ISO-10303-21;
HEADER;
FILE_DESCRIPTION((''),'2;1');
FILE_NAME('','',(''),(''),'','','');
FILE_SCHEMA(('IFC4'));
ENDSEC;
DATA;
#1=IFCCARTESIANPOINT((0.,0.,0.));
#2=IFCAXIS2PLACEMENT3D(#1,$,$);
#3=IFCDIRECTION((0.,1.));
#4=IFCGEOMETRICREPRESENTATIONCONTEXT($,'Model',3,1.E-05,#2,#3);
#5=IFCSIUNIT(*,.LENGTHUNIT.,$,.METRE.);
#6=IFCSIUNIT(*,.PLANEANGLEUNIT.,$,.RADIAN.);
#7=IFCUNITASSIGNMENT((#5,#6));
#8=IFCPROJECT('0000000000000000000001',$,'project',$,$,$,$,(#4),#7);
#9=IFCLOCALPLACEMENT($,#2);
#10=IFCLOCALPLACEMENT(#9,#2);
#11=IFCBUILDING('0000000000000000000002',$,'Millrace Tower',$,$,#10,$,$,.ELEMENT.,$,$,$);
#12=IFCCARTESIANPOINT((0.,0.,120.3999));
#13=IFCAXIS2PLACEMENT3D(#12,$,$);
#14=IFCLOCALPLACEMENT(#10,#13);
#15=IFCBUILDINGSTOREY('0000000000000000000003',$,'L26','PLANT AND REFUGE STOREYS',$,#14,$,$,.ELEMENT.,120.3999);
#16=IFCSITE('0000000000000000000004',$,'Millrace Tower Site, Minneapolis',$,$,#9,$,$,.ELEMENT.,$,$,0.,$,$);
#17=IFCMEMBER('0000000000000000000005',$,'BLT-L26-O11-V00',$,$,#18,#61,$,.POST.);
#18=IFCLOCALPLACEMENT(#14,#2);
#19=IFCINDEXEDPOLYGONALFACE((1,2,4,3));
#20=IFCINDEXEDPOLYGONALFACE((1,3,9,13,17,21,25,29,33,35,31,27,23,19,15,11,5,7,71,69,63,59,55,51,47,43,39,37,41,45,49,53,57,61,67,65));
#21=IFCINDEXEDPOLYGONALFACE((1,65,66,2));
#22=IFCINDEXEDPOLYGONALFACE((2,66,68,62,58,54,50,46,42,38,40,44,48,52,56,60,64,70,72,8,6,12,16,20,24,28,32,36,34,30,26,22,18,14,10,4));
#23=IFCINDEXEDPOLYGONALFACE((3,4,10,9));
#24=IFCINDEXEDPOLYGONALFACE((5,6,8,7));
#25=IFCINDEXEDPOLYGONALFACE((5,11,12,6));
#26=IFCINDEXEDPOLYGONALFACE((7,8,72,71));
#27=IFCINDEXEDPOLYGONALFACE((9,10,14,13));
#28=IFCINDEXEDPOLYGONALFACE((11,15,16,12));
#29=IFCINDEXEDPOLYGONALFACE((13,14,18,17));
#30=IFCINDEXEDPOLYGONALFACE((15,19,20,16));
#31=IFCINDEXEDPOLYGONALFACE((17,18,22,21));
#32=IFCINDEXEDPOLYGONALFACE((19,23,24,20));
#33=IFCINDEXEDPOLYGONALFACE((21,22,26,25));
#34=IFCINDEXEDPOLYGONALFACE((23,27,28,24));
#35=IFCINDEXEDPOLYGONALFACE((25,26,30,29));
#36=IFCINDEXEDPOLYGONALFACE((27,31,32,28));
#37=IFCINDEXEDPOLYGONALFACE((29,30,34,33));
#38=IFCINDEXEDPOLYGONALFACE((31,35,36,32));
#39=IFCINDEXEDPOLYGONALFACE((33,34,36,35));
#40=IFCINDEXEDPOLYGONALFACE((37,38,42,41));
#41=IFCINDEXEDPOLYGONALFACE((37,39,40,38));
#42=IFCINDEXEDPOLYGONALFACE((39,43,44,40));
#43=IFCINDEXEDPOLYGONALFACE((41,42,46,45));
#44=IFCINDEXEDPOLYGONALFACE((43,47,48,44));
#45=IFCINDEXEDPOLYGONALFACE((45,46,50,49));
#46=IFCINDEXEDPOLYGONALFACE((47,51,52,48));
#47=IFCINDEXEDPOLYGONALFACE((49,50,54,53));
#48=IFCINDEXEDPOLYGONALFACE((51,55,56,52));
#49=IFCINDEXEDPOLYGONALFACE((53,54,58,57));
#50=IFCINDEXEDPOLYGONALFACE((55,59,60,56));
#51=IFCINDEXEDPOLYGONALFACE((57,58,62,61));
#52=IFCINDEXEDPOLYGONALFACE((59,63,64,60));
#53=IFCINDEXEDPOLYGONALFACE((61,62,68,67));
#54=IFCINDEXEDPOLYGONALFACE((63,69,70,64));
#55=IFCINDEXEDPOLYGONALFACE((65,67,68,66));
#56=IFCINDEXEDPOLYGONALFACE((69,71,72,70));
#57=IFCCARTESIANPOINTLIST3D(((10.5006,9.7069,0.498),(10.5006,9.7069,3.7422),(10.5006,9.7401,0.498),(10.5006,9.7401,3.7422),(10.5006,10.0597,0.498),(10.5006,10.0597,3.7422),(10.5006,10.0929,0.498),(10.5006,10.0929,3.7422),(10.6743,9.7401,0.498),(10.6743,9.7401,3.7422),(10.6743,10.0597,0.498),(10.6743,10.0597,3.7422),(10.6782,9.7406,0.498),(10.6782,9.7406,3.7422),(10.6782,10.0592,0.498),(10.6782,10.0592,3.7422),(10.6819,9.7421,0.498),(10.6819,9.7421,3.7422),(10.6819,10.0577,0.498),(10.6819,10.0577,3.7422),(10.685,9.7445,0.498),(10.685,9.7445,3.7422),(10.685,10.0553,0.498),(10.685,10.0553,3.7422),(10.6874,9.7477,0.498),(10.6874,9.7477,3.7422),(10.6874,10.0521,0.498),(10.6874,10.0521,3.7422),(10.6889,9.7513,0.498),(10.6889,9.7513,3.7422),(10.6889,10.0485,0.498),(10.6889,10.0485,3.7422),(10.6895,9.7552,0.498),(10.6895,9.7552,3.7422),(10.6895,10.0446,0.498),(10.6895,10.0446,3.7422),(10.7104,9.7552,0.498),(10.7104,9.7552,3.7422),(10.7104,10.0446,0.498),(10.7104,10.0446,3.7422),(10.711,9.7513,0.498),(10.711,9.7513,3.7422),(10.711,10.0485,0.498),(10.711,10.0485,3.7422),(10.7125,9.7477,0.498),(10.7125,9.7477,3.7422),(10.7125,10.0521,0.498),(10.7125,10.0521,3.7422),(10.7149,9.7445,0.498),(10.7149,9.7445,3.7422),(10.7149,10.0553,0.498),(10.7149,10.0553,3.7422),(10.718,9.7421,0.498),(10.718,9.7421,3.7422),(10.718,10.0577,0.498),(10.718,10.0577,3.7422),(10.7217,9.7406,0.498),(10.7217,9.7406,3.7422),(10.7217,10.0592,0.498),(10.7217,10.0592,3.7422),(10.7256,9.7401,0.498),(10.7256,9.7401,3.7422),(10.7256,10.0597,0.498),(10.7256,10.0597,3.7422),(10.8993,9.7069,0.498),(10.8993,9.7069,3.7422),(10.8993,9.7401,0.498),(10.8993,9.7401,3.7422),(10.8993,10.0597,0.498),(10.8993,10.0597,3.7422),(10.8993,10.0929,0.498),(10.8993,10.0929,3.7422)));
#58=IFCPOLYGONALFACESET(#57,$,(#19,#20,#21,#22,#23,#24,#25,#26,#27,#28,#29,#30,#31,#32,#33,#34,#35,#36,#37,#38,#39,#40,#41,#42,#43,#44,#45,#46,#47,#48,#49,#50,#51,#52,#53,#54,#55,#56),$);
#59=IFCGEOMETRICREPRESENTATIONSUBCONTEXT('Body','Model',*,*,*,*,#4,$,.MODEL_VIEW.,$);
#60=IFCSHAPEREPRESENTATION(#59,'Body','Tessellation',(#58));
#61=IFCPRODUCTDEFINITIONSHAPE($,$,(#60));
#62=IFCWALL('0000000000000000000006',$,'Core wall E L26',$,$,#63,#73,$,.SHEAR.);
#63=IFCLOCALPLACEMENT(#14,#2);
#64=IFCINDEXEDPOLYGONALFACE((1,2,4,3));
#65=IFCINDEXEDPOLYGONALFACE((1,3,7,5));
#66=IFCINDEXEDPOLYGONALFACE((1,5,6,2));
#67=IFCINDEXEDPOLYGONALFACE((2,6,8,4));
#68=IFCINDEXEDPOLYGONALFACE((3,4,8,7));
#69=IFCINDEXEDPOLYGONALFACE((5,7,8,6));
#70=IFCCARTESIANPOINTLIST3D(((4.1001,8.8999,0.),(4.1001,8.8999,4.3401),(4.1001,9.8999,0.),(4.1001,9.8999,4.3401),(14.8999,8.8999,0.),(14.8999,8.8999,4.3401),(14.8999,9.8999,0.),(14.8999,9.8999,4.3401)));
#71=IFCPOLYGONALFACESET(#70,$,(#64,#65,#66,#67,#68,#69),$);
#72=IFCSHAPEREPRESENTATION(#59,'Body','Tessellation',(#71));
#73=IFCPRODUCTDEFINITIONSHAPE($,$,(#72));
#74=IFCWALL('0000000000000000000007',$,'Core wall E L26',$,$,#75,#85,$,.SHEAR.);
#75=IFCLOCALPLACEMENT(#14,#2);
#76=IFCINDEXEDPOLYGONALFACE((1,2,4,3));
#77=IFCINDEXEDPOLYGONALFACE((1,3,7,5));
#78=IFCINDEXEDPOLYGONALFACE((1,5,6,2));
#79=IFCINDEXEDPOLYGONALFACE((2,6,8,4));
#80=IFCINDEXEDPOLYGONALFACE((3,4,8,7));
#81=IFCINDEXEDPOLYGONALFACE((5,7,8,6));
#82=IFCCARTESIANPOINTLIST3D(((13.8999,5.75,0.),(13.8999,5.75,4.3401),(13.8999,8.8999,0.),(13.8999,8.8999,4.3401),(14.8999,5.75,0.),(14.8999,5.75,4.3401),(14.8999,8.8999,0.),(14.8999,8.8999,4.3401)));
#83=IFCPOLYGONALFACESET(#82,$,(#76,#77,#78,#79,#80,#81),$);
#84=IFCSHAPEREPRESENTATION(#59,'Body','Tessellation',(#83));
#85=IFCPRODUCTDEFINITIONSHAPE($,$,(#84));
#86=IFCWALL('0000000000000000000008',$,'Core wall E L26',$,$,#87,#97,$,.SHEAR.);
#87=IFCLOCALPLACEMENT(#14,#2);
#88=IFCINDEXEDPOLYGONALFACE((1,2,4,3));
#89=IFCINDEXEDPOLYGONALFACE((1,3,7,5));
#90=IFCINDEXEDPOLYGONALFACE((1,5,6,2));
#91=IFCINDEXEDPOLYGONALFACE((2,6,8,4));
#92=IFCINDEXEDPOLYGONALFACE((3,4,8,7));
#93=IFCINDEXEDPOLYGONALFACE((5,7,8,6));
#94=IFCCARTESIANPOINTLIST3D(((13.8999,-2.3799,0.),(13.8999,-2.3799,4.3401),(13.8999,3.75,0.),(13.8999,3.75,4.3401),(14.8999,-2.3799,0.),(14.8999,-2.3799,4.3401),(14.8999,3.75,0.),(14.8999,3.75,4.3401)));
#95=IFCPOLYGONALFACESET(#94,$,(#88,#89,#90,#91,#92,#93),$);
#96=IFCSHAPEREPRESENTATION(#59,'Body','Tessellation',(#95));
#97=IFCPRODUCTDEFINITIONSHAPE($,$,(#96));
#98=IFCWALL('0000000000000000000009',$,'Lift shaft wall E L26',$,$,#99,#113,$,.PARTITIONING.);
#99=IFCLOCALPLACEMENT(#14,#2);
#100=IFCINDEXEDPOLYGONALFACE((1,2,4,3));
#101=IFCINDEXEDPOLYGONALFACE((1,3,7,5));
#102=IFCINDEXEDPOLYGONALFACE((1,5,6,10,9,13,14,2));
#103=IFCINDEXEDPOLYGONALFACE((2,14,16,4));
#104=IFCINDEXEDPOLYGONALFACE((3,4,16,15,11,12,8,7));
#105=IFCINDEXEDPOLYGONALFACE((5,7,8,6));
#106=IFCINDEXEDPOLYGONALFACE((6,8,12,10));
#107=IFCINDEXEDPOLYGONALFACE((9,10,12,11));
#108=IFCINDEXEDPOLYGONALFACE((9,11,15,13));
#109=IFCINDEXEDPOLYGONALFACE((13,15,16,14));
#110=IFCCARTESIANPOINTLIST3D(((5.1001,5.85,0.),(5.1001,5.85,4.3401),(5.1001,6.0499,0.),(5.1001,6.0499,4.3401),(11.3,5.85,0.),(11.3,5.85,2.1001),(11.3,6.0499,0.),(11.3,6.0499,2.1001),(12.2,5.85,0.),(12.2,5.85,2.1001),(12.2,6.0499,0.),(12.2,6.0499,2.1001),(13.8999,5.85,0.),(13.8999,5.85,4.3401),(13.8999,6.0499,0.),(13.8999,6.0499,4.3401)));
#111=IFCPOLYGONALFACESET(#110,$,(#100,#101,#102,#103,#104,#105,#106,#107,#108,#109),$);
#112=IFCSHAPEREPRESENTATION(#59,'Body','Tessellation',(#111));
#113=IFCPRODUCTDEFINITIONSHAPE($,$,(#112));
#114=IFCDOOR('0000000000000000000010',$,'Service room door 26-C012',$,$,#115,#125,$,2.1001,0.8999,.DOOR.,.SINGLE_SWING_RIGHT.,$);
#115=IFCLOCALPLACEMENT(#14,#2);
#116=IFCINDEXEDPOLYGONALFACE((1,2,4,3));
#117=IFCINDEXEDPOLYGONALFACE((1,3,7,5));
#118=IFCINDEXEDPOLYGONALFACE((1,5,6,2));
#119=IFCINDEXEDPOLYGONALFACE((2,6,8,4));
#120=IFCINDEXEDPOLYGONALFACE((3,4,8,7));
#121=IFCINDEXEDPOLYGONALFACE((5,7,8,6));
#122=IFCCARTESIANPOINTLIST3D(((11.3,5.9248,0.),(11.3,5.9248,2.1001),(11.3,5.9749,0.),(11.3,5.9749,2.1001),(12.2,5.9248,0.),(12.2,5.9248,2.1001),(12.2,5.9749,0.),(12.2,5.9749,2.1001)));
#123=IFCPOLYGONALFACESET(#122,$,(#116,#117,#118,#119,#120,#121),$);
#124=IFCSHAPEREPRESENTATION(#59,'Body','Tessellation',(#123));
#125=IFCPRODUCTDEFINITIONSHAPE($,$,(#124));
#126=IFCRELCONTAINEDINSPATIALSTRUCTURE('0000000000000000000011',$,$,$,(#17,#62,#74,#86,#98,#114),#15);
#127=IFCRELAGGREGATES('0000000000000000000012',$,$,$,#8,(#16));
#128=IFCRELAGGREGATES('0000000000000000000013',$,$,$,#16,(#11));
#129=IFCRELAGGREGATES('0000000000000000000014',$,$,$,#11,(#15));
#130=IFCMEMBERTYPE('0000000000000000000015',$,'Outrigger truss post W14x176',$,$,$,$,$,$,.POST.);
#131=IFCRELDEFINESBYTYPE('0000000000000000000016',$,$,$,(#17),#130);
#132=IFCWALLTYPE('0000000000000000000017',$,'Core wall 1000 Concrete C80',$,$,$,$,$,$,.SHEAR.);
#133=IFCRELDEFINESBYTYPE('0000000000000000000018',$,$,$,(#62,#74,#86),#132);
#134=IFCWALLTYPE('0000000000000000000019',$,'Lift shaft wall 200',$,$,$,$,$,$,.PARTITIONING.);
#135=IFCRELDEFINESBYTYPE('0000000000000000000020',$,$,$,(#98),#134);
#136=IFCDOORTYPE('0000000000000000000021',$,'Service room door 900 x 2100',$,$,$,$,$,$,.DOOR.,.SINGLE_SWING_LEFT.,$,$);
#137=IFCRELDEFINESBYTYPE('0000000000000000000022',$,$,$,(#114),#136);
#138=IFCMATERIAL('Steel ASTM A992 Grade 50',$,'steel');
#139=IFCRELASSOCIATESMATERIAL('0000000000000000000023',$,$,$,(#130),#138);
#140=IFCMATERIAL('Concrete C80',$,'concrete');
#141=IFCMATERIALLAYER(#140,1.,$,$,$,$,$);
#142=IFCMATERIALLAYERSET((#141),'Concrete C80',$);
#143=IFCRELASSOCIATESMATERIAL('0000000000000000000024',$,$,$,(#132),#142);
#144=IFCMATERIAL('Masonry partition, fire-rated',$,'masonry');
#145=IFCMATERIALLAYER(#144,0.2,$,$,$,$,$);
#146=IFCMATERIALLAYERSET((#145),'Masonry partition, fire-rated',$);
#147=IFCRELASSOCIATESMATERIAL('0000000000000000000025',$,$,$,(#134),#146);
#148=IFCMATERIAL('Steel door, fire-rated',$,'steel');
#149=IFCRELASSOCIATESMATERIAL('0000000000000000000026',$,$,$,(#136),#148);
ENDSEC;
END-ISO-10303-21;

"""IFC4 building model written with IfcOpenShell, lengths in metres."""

from ifc_helpers import new_model, si_unit, direction, frame, frame_2d, origin, origin_2d, place, context, subcontext, project, spatial, rectangle, i_section, extrude, material, layer, layer_set, material_profile, profile_set, type_object, element, fill, save


model = new_model("IFC4")

# Units and contexts
model_context = context("Model", 3, precision=1e-05, world=origin(), true_north=direction((0.0, 1.0)))
body_context = subcontext(model_context, "Body", "Model", "MODEL_VIEW")
ifc_project = project(units=[si_unit("LENGTHUNIT", "METRE"), si_unit("PLANEANGLEUNIT", "RADIAN")], contexts=[model_context])

# Site, building, storey
site_placement = place(None, origin())
site = spatial("IfcSite", under=ifc_project, at=site_placement, Name="Millrace Tower Site, Minneapolis", CompositionType="ELEMENT", RefElevation=0.0)
building_placement = place(site_placement, origin())
building = spatial("IfcBuilding", under=site, at=building_placement, Name="Millrace Tower", CompositionType="ELEMENT")
storey_placement = place(building_placement, frame((0.0, 0.0, 120.3999)))
storey = spatial("IfcBuildingStorey", under=building, at=storey_placement, Name="L26", Description="PLANT AND REFUGE STOREYS", CompositionType="ELEMENT", Elevation=120.3999)

# Member
ifc_material_1 = material(Name="Steel ASTM A992 Grade 50", Category="steel")
ifc_material_profile_1 = material_profile(ifc_material_1, i_section(OverallWidth=0.3987, OverallDepth=0.386, WebThickness=0.021, FlangeThickness=0.0332, FilletRadius=0.0151, at=origin_2d()))
ifc_profile_set_1 = profile_set([ifc_material_profile_1], Name="Steel ASTM A992 Grade 50")
member_type = type_object("IfcMemberType", Name="Outrigger truss post W14x176", PredefinedType="POST", material=ifc_profile_set_1)
member_placement = place(storey_placement, frame((10.7, 9.8999, 0.498), z_axis=(0.0, 0.0, 1.0), x_axis=(1.0, 0.0, 0.0)))
element("IfcMember", 1, at=member_placement, inside=storey, type_object=member_type, Name="BLT-L26-O11-V00", PredefinedType="POST", context=body_context, shape_type="SweptSolid", body=[
    extrude(i_section(OverallWidth=0.3987, OverallDepth=0.386, WebThickness=0.021, FlangeThickness=0.0332, FilletRadius=0.0151, at=origin_2d()), origin(), (0.0, 0.0, 1.0), 3.2441),
])

# Walls
ifc_material_2 = material(Name="Concrete C80", Category="concrete")
ifc_layer_1 = layer(ifc_material_2, 1.0)
ifc_layer_set_1 = layer_set([ifc_layer_1], Name="Concrete C80")
wall_type_1 = type_object("IfcWallType", Name="Core wall 1000 Concrete C80", PredefinedType="SHEAR", material=ifc_layer_set_1)
wall_1_placement = place(storey_placement, frame((14.8999, 9.3999, 0.0), z_axis=(0.0, 0.0, 1.0), x_axis=(-1.0, 0.0, 0.0)))
element("IfcWall", 2, at=wall_1_placement, inside=storey, type_object=wall_type_1, Name="Core wall E L26", PredefinedType="SHEAR", context=body_context, shape_type="SweptSolid", body=[
    extrude(rectangle(XDim=10.7998, YDim=1.0, at=frame_2d((5.3999, 0.0))), origin(), (0.0, 0.0, 1.0), 4.3401),
])
wall_2_placement = place(storey_placement, frame((14.3999, 8.8999, 0.0), z_axis=(0.0, 0.0, 1.0), x_axis=(0.0, -1.0, 0.0)))
element("IfcWall", 3, at=wall_2_placement, inside=storey, type_object=wall_type_1, Name="Core wall E L26", PredefinedType="SHEAR", context=body_context, shape_type="SweptSolid", body=[
    extrude(rectangle(XDim=3.1499, YDim=1.0, at=frame_2d((1.575, 0.0))), origin(), (0.0, 0.0, 1.0), 4.3401),
])
wall_3_placement = place(storey_placement, frame((14.3999, 3.75, 0.0), z_axis=(0.0, 0.0, 1.0), x_axis=(0.0, -1.0, 0.0)))
element("IfcWall", 4, at=wall_3_placement, inside=storey, type_object=wall_type_1, Name="Core wall E L26", PredefinedType="SHEAR", context=body_context, shape_type="SweptSolid", body=[
    extrude(rectangle(XDim=6.1299, YDim=1.0, at=frame_2d((3.0649, 0.0))), origin(), (0.0, 0.0, 1.0), 4.3401),
])

# Wall, opening, door
ifc_material_3 = material(Name="Masonry partition, fire-rated", Category="masonry")
ifc_layer_2 = layer(ifc_material_3, 0.2)
ifc_layer_set_2 = layer_set([ifc_layer_2], Name="Masonry partition, fire-rated")
wall_type_2 = type_object("IfcWallType", Name="Lift shaft wall 200", PredefinedType="PARTITIONING", material=ifc_layer_set_2)
wall_4_placement = place(storey_placement, frame((13.8999, 5.95, 0.0), z_axis=(0.0, 0.0, 1.0), x_axis=(-1.0, 0.0, 0.0)))
wall_4 = element("IfcWall", 5, at=wall_4_placement, inside=storey, type_object=wall_type_2, Name="Lift shaft wall E L26", PredefinedType="PARTITIONING", context=body_context, shape_type="SweptSolid", body=[
    extrude(rectangle(XDim=8.7998, YDim=0.2, at=frame_2d((4.3999, 0.0))), origin(), (0.0, 0.0, 1.0), 4.3401),
])
opening_1_placement = place(wall_4_placement, frame((1.7, 0.0, 0.0)))
opening_1 = element("IfcOpeningElement", 6, at=opening_1_placement, cuts=wall_4, PredefinedType="OPENING", context=body_context, shape_type="SweptSolid", body=[
    extrude(rectangle(XDim=0.8999, YDim=2.1001, at=frame_2d((0.45, 1.05))), frame((0.0, 0.1099, 0.0), z_axis=(0.0, -1.0, 0.0), x_axis=(1.0, 0.0, 0.0)), (0.0, 0.0, 1.0), 0.22),
])
ifc_material_4 = material(Name="Steel door, fire-rated", Category="steel")
door_type_1 = type_object("IfcDoorType", Name="Service room door 900 x 2100", OperationType="SINGLE_SWING_LEFT", PredefinedType="DOOR", material=ifc_material_4)
door_1_placement = place(opening_1_placement, frame((0.8999, 0.0, 0.0), z_axis=(0.0, 0.0, 1.0), x_axis=(-1.0, 0.0, 0.0)))
door_1 = element("IfcDoor", 7, at=door_1_placement, inside=storey, type_object=door_type_1, Name="Service room door 26-C012", OperationType="SINGLE_SWING_RIGHT", OverallHeight=2.1001, OverallWidth=0.8999, PredefinedType="DOOR", context=body_context, shape_type="SweptSolid", body=[
    extrude(rectangle(XDim=0.8999, YDim=2.1001, at=frame_2d((0.45, 1.05))), frame((0.0, 0.0249, 0.0), z_axis=(0.0, -1.0, 0.0), x_axis=(1.0, 0.0, 0.0)), (0.0, 0.0, 1.0), 0.05),
])
fill(opening_1, door_1)

save(model, "model.ifc")
